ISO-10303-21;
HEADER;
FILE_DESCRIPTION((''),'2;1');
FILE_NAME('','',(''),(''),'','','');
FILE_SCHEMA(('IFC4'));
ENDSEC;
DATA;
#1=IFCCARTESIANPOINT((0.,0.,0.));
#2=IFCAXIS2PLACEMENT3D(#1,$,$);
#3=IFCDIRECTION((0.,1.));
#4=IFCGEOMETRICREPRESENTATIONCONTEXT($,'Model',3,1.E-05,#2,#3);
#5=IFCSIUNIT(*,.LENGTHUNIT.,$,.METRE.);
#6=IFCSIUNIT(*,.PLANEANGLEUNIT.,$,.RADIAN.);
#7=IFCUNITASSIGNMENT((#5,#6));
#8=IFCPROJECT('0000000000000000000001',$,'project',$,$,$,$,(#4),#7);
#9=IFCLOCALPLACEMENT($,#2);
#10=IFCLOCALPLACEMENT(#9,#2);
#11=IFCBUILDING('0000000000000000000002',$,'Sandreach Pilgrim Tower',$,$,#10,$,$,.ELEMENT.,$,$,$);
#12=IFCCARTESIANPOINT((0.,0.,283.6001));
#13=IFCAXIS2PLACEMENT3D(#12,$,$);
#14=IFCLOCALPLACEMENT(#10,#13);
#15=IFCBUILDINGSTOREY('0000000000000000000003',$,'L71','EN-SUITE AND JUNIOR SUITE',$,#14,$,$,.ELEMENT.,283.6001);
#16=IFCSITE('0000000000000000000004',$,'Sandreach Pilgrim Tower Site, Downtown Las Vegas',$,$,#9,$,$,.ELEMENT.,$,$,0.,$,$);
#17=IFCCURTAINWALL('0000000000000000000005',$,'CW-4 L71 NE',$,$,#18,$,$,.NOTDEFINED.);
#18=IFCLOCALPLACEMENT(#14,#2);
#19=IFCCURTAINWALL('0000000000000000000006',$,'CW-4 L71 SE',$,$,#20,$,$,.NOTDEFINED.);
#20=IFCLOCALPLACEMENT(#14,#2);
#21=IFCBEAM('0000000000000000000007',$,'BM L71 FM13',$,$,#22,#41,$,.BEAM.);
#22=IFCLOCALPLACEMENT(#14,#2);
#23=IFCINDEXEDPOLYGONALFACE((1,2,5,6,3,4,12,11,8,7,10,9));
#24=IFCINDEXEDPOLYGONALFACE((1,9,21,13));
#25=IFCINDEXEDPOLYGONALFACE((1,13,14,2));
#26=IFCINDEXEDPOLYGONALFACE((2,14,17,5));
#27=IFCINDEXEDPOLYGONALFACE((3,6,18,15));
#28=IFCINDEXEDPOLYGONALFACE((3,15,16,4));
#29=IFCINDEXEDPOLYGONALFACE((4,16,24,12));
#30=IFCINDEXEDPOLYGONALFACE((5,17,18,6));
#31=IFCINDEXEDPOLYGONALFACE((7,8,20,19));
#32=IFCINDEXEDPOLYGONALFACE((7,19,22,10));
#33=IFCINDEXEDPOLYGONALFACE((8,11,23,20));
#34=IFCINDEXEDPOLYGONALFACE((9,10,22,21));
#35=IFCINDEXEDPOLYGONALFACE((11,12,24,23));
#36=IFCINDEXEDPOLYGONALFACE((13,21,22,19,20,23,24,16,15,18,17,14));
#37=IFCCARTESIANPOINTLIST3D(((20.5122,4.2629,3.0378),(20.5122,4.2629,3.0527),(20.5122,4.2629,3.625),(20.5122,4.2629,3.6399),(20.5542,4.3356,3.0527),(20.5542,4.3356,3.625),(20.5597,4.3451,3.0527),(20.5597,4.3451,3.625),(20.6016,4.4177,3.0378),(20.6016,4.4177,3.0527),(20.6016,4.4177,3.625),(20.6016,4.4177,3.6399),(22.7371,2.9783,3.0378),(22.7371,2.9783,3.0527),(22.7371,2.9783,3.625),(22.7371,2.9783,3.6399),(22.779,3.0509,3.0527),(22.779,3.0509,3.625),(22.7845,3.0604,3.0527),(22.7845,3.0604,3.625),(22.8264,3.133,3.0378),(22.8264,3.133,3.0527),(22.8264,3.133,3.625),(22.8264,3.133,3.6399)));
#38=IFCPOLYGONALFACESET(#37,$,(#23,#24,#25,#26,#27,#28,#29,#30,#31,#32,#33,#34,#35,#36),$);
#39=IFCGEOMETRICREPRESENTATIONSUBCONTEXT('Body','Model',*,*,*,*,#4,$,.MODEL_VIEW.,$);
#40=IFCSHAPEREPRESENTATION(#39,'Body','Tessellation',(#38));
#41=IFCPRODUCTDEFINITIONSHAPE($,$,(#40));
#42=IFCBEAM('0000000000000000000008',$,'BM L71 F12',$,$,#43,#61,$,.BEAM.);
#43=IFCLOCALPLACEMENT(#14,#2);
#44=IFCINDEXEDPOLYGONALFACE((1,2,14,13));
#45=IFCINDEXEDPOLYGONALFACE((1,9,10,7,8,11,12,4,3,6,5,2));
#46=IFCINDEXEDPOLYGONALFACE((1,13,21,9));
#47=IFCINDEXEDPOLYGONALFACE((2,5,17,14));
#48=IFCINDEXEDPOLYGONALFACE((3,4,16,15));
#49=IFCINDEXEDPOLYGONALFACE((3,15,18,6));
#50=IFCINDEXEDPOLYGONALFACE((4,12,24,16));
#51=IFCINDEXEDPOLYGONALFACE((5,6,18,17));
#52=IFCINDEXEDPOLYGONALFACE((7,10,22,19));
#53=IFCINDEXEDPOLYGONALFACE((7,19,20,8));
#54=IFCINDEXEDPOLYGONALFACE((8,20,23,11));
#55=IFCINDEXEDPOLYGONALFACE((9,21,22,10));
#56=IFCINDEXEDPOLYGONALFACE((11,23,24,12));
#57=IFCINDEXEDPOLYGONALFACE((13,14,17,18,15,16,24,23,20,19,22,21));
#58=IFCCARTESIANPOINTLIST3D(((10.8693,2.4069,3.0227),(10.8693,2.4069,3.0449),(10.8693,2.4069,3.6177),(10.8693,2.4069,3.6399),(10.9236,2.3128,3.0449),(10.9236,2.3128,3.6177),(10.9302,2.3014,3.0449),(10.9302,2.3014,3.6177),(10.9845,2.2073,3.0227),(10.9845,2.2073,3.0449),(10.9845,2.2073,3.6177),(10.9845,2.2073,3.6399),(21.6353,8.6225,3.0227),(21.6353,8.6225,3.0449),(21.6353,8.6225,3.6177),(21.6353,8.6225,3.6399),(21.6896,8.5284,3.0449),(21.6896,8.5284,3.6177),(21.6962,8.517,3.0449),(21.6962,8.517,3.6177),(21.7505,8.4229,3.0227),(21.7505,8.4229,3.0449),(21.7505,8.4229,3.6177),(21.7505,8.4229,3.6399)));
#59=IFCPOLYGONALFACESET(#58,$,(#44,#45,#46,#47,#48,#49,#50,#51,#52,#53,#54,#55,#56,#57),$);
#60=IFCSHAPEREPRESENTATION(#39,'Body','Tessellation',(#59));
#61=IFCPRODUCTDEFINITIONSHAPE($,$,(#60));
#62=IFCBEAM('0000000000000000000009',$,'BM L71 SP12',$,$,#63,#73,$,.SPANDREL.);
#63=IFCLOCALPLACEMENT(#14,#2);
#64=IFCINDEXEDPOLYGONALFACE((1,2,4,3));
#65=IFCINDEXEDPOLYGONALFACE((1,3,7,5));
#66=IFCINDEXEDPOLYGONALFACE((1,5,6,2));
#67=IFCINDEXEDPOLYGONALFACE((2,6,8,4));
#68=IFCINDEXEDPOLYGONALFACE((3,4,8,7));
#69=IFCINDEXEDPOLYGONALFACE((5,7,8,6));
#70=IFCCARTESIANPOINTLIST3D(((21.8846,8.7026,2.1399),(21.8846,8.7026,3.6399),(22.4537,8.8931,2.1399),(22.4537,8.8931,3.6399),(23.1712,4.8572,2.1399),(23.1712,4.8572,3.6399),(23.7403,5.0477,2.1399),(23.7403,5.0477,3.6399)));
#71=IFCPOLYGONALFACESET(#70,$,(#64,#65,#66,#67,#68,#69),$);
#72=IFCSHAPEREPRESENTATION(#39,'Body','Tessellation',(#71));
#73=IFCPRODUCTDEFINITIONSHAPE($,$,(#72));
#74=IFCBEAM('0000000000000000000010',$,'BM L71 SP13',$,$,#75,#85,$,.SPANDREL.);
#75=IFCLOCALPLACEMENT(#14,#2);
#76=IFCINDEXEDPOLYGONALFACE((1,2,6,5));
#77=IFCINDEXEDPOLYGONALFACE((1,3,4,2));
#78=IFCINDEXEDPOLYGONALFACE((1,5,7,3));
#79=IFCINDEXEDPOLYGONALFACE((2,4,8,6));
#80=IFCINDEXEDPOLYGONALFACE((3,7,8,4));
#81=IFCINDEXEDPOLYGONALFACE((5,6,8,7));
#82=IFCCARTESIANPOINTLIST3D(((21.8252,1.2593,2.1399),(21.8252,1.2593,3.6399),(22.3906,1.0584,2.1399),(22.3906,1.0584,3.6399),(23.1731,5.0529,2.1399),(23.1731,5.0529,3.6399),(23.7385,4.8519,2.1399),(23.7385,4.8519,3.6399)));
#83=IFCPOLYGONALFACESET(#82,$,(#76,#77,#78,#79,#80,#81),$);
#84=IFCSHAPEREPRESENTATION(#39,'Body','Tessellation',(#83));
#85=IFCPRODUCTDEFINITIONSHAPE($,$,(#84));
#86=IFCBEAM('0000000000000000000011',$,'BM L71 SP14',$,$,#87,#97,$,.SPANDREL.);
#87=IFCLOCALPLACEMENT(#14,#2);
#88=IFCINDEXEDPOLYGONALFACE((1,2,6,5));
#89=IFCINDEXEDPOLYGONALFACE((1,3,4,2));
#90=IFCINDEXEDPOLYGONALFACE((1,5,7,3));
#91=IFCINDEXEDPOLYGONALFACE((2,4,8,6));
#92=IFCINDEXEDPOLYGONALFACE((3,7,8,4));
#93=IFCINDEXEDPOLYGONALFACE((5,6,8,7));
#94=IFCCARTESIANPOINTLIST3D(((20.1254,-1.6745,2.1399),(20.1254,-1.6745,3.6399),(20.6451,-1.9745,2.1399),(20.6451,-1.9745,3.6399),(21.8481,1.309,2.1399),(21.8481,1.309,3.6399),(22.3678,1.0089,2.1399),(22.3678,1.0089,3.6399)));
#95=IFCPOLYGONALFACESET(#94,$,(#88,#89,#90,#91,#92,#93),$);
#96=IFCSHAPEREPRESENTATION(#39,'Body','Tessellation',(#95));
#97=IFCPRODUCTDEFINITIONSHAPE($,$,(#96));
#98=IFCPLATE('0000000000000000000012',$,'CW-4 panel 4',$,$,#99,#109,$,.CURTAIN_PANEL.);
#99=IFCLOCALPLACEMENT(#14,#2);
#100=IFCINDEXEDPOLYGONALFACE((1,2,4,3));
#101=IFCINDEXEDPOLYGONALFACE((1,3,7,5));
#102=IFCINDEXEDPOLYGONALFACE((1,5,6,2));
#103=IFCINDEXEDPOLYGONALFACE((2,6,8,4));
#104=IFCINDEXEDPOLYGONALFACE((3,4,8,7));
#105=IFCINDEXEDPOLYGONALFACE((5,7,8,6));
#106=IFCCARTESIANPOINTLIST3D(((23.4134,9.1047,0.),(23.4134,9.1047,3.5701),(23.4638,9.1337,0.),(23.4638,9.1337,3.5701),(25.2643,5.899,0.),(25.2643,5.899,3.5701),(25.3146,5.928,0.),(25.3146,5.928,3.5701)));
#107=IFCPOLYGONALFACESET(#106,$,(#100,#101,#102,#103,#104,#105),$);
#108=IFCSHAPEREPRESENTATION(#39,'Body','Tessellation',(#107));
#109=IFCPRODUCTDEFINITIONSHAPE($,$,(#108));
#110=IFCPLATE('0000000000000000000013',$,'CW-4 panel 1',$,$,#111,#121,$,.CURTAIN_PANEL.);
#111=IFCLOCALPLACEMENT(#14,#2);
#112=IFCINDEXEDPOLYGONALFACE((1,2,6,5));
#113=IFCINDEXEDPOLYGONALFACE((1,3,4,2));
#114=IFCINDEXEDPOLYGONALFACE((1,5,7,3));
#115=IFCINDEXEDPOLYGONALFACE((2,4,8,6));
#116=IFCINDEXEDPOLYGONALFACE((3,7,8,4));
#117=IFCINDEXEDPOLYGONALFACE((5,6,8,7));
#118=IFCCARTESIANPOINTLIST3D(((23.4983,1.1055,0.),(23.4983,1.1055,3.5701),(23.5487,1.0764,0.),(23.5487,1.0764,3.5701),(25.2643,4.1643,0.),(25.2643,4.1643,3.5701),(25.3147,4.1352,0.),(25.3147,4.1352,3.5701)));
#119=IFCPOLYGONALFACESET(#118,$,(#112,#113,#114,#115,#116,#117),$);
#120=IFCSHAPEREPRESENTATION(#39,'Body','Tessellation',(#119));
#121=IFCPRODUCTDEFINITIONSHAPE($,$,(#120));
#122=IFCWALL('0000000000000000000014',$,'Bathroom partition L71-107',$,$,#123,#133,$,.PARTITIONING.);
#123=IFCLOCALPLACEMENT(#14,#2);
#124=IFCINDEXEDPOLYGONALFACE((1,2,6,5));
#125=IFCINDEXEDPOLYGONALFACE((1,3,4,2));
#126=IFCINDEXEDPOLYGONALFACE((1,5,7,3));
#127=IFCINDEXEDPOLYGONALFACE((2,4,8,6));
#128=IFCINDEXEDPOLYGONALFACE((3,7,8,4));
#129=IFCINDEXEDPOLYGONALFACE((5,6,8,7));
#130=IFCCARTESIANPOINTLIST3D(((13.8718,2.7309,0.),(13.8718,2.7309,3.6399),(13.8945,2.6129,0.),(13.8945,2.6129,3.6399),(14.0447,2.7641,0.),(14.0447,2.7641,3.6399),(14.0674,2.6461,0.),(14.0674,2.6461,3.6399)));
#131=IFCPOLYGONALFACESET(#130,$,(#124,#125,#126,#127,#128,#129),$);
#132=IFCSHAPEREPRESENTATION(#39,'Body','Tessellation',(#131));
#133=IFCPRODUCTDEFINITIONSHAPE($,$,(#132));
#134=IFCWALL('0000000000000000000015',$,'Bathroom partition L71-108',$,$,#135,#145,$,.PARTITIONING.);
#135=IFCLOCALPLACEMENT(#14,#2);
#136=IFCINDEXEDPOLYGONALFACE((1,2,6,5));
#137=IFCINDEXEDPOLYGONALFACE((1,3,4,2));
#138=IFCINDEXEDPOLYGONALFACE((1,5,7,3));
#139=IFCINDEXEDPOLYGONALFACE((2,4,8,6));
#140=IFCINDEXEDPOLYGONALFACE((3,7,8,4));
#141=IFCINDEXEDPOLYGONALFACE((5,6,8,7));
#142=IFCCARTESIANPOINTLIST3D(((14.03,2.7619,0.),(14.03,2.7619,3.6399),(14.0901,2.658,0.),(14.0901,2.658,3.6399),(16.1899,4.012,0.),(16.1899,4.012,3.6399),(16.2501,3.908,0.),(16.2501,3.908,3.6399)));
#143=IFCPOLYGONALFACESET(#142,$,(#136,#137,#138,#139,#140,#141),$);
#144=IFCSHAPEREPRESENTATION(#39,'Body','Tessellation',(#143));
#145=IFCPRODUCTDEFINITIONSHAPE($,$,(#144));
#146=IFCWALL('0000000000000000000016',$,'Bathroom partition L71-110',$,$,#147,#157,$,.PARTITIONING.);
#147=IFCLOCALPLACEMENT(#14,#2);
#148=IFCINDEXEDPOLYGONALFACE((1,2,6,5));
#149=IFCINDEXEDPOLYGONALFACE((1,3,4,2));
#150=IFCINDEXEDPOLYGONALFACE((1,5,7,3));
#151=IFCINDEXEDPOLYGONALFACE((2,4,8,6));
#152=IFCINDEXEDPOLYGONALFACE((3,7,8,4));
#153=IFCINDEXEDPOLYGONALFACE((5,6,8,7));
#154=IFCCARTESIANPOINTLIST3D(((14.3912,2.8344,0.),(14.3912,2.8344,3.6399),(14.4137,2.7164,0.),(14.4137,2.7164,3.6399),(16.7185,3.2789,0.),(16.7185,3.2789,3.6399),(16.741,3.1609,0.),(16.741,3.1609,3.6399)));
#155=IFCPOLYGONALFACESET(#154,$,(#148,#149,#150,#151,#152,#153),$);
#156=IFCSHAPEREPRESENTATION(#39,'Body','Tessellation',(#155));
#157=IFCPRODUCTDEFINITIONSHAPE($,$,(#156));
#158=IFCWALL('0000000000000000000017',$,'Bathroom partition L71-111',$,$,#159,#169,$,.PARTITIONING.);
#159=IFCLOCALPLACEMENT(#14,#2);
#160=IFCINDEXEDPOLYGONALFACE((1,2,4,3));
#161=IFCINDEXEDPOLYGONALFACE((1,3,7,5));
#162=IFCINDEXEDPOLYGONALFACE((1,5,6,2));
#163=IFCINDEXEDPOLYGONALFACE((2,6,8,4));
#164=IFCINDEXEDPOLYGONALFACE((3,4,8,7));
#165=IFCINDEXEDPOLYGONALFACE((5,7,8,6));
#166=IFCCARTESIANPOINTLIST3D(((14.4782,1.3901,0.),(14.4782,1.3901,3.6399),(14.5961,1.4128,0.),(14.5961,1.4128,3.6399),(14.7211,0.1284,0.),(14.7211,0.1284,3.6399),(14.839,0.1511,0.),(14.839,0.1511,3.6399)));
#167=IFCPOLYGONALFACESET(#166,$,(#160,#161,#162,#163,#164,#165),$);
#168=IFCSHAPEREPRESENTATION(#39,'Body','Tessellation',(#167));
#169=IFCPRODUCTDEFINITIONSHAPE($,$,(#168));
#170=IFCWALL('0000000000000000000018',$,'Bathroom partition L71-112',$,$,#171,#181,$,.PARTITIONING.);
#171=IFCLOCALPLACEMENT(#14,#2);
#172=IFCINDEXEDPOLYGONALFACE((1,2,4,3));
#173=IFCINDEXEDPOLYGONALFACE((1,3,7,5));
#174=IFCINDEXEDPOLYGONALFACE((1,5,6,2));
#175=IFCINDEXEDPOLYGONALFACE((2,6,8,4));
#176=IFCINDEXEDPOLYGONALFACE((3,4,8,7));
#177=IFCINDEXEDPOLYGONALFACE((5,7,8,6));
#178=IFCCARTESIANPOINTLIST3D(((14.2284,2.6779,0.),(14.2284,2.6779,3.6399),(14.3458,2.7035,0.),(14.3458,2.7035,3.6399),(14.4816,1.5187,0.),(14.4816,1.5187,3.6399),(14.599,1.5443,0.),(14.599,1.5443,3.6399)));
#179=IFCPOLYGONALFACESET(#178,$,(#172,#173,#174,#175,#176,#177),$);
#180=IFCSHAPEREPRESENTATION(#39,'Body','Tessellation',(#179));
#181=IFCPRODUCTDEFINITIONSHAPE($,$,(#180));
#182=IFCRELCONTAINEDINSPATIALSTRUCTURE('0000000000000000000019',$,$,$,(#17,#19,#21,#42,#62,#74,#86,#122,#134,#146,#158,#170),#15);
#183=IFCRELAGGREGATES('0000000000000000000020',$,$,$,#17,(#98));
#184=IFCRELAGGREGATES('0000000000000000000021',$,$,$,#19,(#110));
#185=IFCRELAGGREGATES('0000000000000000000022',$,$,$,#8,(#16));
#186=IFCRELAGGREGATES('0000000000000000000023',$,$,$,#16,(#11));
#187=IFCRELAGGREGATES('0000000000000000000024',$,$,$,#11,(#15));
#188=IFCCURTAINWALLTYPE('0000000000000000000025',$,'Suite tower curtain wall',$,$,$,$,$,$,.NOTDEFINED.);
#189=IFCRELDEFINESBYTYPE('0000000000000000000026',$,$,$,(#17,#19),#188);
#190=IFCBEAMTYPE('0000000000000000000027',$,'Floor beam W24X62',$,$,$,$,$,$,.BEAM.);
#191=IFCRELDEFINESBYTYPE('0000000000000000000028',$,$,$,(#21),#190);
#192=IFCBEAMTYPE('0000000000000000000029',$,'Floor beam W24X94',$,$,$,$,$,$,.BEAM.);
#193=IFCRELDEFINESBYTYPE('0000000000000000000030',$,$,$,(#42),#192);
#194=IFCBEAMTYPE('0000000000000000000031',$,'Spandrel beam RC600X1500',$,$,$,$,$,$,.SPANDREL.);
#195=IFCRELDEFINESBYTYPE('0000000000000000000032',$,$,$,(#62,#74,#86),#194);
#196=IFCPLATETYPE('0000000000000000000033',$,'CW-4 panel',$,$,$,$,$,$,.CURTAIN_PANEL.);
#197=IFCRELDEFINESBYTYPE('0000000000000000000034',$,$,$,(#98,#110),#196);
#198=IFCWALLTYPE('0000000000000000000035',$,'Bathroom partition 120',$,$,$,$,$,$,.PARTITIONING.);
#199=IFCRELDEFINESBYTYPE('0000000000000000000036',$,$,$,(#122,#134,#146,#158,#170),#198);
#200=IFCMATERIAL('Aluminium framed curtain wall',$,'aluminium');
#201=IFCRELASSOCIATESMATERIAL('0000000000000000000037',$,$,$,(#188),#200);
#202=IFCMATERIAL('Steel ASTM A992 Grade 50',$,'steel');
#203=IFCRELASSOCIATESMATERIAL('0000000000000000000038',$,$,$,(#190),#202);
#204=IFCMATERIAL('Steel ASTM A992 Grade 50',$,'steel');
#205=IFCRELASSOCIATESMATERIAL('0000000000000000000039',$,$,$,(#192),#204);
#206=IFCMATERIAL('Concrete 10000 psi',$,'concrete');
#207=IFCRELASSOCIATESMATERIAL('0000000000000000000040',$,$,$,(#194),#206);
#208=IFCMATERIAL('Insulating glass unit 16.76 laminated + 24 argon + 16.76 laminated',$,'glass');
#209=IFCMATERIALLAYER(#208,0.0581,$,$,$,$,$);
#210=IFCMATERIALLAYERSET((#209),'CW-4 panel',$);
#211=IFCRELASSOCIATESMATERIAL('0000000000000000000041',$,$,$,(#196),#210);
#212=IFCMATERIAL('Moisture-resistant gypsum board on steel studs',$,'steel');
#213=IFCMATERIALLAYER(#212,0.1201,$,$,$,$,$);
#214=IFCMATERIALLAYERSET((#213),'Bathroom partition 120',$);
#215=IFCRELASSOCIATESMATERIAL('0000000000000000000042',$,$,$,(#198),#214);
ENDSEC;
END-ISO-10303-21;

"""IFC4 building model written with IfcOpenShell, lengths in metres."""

from ifc_helpers import new_model, si_unit, direction, frame, frame_2d, origin, origin_2d, place, context, subcontext, project, spatial, rectangle, i_section, extrude, material, layer, layer_set, material_profile, profile_set, type_object, element, aggregate, save


model = new_model("IFC4")

# Units and contexts
model_context = context("Model", 3, precision=1e-05, world=origin(), true_north=direction((0.0, 1.0)))
body_context = subcontext(model_context, "Body", "Model", "MODEL_VIEW")
ifc_project = project(units=[si_unit("LENGTHUNIT", "METRE"), si_unit("PLANEANGLEUNIT", "RADIAN")], contexts=[model_context])

# Site, building, storey
site_placement = place(None, origin())
site = spatial("IfcSite", under=ifc_project, at=site_placement, Name="Sandreach Pilgrim Tower Site, Downtown Las Vegas", CompositionType="ELEMENT", RefElevation=0.0)
building_placement = place(site_placement, origin())
building = spatial("IfcBuilding", under=site, at=building_placement, Name="Sandreach Pilgrim Tower", CompositionType="ELEMENT")
storey_placement = place(building_placement, frame((0.0, 0.0, 283.6001)))
storey = spatial("IfcBuildingStorey", under=building, at=storey_placement, Name="L71", Description="EN-SUITE AND JUNIOR SUITE", CompositionType="ELEMENT", Elevation=283.6001)

# Curtain wall
ifc_material_1 = material(Name="Aluminium framed curtain wall", Category="aluminium")
curtain_wall_type = type_object("IfcCurtainWallType", Name="Suite tower curtain wall", PredefinedType="NOTDEFINED", material=ifc_material_1)
curtain_wall_1_placement = place(storey_placement, origin())
curtain_wall_1 = element("IfcCurtainWall", 1, at=curtain_wall_1_placement, inside=storey, type_object=curtain_wall_type, Name="CW-4 L71 NE", PredefinedType="NOTDEFINED")

# Curtain wall
curtain_wall_2_placement = place(storey_placement, origin())
curtain_wall_2 = element("IfcCurtainWall", 2, at=curtain_wall_2_placement, inside=storey, type_object=curtain_wall_type, Name="CW-4 L71 SE", PredefinedType="NOTDEFINED")

# Beams
ifc_material_2 = material(Name="Steel ASTM A992 Grade 50", Category="steel")
ifc_material_profile_1 = material_profile(ifc_material_2, i_section(OverallWidth=0.1787, OverallDepth=0.6021, WebThickness=0.011, FlangeThickness=0.0149, at=origin_2d()), Name="W24X62")
ifc_profile_set_1 = profile_set([ifc_material_profile_1], Name="Steel ASTM A992 Grade 50")
beam_type_1 = type_object("IfcBeamType", Name="Floor beam W24X62", PredefinedType="BEAM", material=ifc_profile_set_1)
beam_1_placement = place(storey_placement, frame((22.7817, 3.0557, 3.3389), z_axis=(-0.866, 0.500043, 0.0), x_axis=(-0.500043, -0.866, 0.0)))
element("IfcBeam", 3, at=beam_1_placement, inside=storey, type_object=beam_type_1, Name="BM L71 FM13", PredefinedType="BEAM", context=body_context, shape_type="SweptSolid", body=[
    extrude(i_section(OverallWidth=0.1787, OverallDepth=0.6021, WebThickness=0.011, FlangeThickness=0.0149, at=origin_2d()), origin(), (0.0, 0.0, 1.0), 2.5691),
])
ifc_material_3 = material(Name="Steel ASTM A992 Grade 50", Category="steel")
ifc_material_profile_2 = material_profile(ifc_material_3, i_section(OverallWidth=0.2305, OverallDepth=0.6172, WebThickness=0.0132, FlangeThickness=0.0222, at=origin_2d()), Name="W24X94")
ifc_profile_set_2 = profile_set([ifc_material_profile_2], Name="Steel ASTM A992 Grade 50")
beam_type_2 = type_object("IfcBeamType", Name="Floor beam W24X94", PredefinedType="BEAM", material=ifc_profile_set_2)
beam_2_placement = place(storey_placement, frame((21.6929, 8.5227, 3.3313), z_axis=(-0.866029, -0.499994, 0.0), x_axis=(0.499994, -0.866029, 0.0)))
element("IfcBeam", 4, at=beam_2_placement, inside=storey, type_object=beam_type_2, Name="BM L71 F12", PredefinedType="BEAM", context=body_context, shape_type="SweptSolid", body=[
    extrude(i_section(OverallWidth=0.2305, OverallDepth=0.6172, WebThickness=0.0132, FlangeThickness=0.0222, at=origin_2d()), origin(), (0.0, 0.0, 1.0), 12.4314),
])
ifc_material_4 = material(Name="Concrete 10000 psi", Category="concrete")
ifc_material_profile_3 = material_profile(ifc_material_4, rectangle(XDim=0.6001, YDim=1.5, at=origin_2d()), Name="RC600X1500")
ifc_profile_set_3 = profile_set([ifc_material_profile_3], Name="Concrete 10000 psi")
beam_type_3 = type_object("IfcBeamType", Name="Spandrel beam RC600X1500", PredefinedType="SPANDREL", material=ifc_profile_set_3)
beam_3_placement = place(storey_placement, frame((22.1692, 8.7979, 2.8899), z_axis=(0.317293, -0.948327, 0.0), x_axis=(0.948327, 0.317293, 0.0)))
element("IfcBeam", 5, at=beam_3_placement, inside=storey, type_object=beam_type_3, Name="BM L71 SP12", PredefinedType="SPANDREL", context=body_context, shape_type="SweptSolid", body=[
    extrude(rectangle(XDim=0.6001, YDim=1.5, at=origin_2d()), origin(), (0.0, 0.0, 1.0), 4.0549),
])
beam_4_placement = place(storey_placement, frame((23.4558, 4.9524, 2.8899), z_axis=(-0.334815, -0.942284, 0.0), x_axis=(0.942284, -0.334815, 0.0)))
element("IfcBeam", 6, at=beam_4_placement, inside=storey, type_object=beam_type_3, Name="BM L71 SP13", PredefinedType="SPANDREL", context=body_context, shape_type="SweptSolid", body=[
    extrude(rectangle(XDim=0.6001, YDim=1.5, at=origin_2d()), origin(), (0.0, 0.0, 1.0), 4.0259),
])
beam_5_placement = place(storey_placement, frame((22.1079, 1.1589, 2.8899), z_axis=(-0.500041, -0.866001, 0.0), x_axis=(0.866001, -0.500041, 0.0)))
element("IfcBeam", 7, at=beam_5_placement, inside=storey, type_object=beam_type_3, Name="BM L71 SP14", PredefinedType="SPANDREL", context=body_context, shape_type="SweptSolid", body=[
    extrude(rectangle(XDim=0.6001, YDim=1.5, at=origin_2d()), origin(), (0.0, 0.0, 1.0), 3.4451),
])

# Plates
ifc_material_5 = material(Name="Insulating glass unit 16.76 laminated + 24 argon + 16.76 laminated", Category="glass")
ifc_layer_1 = layer(ifc_material_5, 0.0581)
ifc_layer_set_1 = layer_set([ifc_layer_1], Name="CW-4 panel")
plate_type = type_object("IfcPlateType", Name="CW-4 panel", PredefinedType="CURTAIN_PANEL", material=ifc_layer_set_1)
plate_1_placement = place(storey_placement, frame((24.364, 7.5164, 0.0), z_axis=(0.0, 0.0, 1.0), x_axis=(0.5, -0.866025, 0.0)))
plate_1 = element("IfcPlate", 8, at=plate_1_placement, type_object=plate_type, Name="CW-4 panel 4", PredefinedType="CURTAIN_PANEL", context=body_context, shape_type="SweptSolid", body=[
    extrude(rectangle(XDim=3.7017, YDim=0.0581, at=origin_2d()), origin(), (0.0, 0.0, 1.0), 3.5701),
])
aggregate(curtain_wall_1, [plate_1])
plate_2_placement = place(storey_placement, frame((24.4065, 2.6204, 0.0), z_axis=(0.0, 0.0, 1.0), x_axis=(-0.5, -0.866025, 0.0)))
plate_2 = element("IfcPlate", 9, at=plate_2_placement, type_object=plate_type, Name="CW-4 panel 1", PredefinedType="CURTAIN_PANEL", context=body_context, shape_type="SweptSolid", body=[
    extrude(rectangle(XDim=3.532, YDim=0.0581, at=origin_2d()), origin(), (0.0, 0.0, 1.0), 3.5701),
])
aggregate(curtain_wall_2, [plate_2])

# Walls
ifc_material_6 = material(Name="Moisture-resistant gypsum board on steel studs", Category="steel")
ifc_layer_2 = layer(ifc_material_6, 0.1201)
ifc_layer_set_2 = layer_set([ifc_layer_2], Name="Bathroom partition 120")
wall_type_1 = type_object("IfcWallType", Name="Bathroom partition 120", PredefinedType="PARTITIONING", material=ifc_layer_set_2)
wall_1_placement = place(storey_placement, frame((14.0559, 2.7051, 0.0), z_axis=(0.0, 0.0, 1.0), x_axis=(-0.982046, -0.188642, 0.0)))
element("IfcWall", 10, at=wall_1_placement, inside=storey, type_object=wall_type_1, Name="Bathroom partition L71-107", PredefinedType="PARTITIONING", context=body_context, shape_type="SweptSolid", body=[
    extrude(rectangle(XDim=0.176, YDim=0.1201, at=frame_2d((0.0879, 0.0))), origin(), (0.0, 0.0, 1.0), 3.6399),
])
wall_2_placement = place(storey_placement, frame((14.0601, 2.71, 0.0), z_axis=(0.0, 0.0, 1.0), x_axis=(0.865509, 0.500894, 0.0)))
element("IfcWall", 11, at=wall_2_placement, inside=storey, type_object=wall_type_1, Name="Bathroom partition L71-108", PredefinedType="PARTITIONING", context=body_context, shape_type="SweptSolid", body=[
    extrude(rectangle(XDim=2.4956, YDim=0.1201, at=frame_2d((1.2478, 0.0))), origin(), (0.0, 0.0, 1.0), 3.6399),
])
wall_3_placement = place(storey_placement, frame((14.4026, 2.7754, 0.0), z_axis=(0.0, 0.0, 1.0), x_axis=(0.98224, 0.187628, 0.0)))
element("IfcWall", 12, at=wall_3_placement, inside=storey, type_object=wall_type_1, Name="Bathroom partition L71-110", PredefinedType="PARTITIONING", context=body_context, shape_type="SweptSolid", body=[
    extrude(rectangle(XDim=2.3694, YDim=0.1201, at=frame_2d((1.1846, 0.0))), origin(), (0.0, 0.0, 1.0), 3.6399),
])
wall_4_placement = place(storey_placement, frame((14.5371, 1.4016, 0.0), z_axis=(0.0, 0.0, 1.0), x_axis=(0.189059, -0.981966, 0.0)))
element("IfcWall", 13, at=wall_4_placement, inside=storey, type_object=wall_type_1, Name="Bathroom partition L71-111", PredefinedType="PARTITIONING", context=body_context, shape_type="SweptSolid", body=[
    extrude(rectangle(XDim=1.2849, YDim=0.1201, at=frame_2d((0.6426, 0.0))), origin(), (0.0, 0.0, 1.0), 3.6399),
])
wall_5_placement = place(storey_placement, frame((14.5403, 1.5315, 0.0), z_axis=(0.0, 0.0, 1.0), x_axis=(-0.213378, 0.97697, 0.0)))
element("IfcWall", 14, at=wall_5_placement, inside=storey, type_object=wall_type_1, Name="Bathroom partition L71-112", PredefinedType="PARTITIONING", context=body_context, shape_type="SweptSolid", body=[
    extrude(rectangle(XDim=1.1865, YDim=0.1201, at=frame_2d((0.5933, 0.0))), origin(), (0.0, 0.0, 1.0), 3.6399),
])

save(model, "model.ifc")
